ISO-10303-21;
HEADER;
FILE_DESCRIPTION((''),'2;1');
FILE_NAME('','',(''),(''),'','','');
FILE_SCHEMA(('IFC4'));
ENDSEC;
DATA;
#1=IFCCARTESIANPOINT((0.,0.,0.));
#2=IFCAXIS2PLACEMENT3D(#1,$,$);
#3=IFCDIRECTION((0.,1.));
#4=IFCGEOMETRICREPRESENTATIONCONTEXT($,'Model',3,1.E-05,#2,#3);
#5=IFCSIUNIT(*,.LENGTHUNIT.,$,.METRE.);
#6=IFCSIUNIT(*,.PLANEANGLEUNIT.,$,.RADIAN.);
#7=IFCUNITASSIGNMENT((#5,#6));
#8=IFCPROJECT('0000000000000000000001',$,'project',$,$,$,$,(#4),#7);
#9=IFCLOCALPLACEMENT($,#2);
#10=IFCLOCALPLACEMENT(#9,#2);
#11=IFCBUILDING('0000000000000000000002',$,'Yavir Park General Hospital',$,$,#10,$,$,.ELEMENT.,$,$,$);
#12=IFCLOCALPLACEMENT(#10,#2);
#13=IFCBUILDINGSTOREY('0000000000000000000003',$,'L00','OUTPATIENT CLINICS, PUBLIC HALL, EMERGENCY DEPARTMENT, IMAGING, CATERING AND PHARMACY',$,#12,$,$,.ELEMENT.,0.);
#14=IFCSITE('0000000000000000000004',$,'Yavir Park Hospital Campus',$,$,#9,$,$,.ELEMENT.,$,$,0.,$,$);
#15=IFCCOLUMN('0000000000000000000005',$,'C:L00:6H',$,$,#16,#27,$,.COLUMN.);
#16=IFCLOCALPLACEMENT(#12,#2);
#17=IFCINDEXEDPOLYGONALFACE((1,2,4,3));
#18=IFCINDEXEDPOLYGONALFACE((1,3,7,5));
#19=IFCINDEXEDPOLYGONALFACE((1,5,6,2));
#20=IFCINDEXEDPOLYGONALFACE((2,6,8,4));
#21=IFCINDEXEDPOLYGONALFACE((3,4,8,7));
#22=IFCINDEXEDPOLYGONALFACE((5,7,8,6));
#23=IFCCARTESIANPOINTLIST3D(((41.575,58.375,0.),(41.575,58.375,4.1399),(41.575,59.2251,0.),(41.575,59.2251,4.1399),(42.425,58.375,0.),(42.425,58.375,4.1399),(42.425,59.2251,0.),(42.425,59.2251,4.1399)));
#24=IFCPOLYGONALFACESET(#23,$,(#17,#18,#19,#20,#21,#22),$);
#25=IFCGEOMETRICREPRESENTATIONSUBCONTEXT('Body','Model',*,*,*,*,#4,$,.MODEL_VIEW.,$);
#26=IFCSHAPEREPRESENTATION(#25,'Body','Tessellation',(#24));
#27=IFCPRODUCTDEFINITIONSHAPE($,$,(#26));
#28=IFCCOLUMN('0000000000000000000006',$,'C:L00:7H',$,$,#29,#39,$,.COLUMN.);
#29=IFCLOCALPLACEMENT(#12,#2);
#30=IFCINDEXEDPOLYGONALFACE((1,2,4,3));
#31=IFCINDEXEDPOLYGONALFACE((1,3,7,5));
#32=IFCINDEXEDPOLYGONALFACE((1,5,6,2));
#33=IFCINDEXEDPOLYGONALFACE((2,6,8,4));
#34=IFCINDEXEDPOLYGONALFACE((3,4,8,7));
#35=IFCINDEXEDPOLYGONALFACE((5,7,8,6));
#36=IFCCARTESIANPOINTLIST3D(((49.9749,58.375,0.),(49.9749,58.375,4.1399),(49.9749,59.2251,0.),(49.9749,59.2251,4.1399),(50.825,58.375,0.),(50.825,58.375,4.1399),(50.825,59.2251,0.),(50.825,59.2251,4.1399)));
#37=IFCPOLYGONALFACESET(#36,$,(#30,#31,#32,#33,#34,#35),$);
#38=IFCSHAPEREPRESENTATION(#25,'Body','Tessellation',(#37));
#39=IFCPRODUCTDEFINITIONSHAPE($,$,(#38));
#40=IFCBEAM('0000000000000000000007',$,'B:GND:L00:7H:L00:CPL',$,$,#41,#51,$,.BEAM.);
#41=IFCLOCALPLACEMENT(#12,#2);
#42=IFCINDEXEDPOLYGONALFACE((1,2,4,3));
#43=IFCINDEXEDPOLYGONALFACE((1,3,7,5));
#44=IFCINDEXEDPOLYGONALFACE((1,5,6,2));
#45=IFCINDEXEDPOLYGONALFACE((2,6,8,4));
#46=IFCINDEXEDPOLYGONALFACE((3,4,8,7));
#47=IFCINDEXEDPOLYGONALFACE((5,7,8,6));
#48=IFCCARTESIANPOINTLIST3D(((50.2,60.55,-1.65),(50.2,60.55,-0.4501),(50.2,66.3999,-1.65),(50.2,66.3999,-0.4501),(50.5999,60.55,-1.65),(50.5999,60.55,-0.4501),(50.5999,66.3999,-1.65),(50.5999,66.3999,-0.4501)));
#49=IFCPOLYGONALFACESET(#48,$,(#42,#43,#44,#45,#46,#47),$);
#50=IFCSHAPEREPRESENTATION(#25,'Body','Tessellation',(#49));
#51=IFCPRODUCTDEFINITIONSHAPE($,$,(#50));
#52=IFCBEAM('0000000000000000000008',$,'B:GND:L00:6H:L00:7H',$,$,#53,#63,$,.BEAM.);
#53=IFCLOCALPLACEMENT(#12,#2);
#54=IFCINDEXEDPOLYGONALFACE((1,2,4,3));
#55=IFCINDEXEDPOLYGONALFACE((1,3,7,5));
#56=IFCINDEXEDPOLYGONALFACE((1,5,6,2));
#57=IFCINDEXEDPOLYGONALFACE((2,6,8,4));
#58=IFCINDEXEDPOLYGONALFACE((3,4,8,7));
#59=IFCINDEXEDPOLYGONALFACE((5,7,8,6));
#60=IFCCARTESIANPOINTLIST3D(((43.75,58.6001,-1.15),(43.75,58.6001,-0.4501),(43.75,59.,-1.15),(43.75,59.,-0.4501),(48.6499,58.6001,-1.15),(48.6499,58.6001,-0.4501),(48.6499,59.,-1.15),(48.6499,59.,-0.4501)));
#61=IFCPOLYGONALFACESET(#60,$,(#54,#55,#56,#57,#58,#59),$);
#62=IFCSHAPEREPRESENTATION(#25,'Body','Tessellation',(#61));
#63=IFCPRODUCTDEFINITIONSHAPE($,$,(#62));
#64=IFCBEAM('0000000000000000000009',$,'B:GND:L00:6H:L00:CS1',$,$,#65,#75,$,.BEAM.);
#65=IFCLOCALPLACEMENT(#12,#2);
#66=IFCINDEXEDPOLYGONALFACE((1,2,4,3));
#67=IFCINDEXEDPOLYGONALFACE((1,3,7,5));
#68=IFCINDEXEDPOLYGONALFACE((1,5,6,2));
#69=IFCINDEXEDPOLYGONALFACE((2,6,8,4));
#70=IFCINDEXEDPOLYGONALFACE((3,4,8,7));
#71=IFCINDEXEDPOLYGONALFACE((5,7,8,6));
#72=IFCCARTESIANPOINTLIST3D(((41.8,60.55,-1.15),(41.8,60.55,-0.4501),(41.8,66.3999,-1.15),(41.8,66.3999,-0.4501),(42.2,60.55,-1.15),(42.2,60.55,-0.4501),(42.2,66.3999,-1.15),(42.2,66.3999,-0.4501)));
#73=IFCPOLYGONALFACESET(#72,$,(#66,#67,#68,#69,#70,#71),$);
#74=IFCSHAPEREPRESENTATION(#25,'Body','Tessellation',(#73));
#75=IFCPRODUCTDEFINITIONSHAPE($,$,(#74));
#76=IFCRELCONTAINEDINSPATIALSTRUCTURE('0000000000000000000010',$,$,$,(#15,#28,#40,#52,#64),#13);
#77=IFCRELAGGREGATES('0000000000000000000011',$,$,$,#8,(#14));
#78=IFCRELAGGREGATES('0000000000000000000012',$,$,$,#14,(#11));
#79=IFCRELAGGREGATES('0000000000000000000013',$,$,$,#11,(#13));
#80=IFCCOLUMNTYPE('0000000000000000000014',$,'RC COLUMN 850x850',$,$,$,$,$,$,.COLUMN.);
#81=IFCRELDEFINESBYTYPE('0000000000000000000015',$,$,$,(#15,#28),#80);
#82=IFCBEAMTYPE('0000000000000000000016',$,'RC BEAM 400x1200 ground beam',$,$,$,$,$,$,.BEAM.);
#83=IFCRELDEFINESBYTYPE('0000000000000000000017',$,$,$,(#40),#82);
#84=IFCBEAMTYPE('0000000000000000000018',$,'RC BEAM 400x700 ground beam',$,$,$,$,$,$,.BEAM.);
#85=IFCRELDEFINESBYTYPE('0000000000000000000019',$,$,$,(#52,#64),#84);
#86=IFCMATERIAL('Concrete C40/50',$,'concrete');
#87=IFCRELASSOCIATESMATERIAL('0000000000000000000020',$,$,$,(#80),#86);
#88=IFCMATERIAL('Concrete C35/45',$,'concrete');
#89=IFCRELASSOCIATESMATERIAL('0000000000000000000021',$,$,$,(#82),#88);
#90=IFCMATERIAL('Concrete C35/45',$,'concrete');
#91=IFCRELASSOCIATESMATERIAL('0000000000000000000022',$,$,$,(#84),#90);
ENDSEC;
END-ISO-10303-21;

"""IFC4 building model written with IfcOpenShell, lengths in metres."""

from ifc_helpers import new_model, si_unit, direction, frame, origin, origin_2d, place, context, subcontext, project, spatial, rectangle, extrude, material, material_profile, profile_set, type_object, element, save


model = new_model("IFC4")

# Units and contexts
model_context = context("Model", 3, precision=1e-05, world=origin(), true_north=direction((0.0, 1.0)))
body_context = subcontext(model_context, "Body", "Model", "MODEL_VIEW")
ifc_project = project(units=[si_unit("LENGTHUNIT", "METRE"), si_unit("PLANEANGLEUNIT", "RADIAN")], contexts=[model_context])

# Site, building, storey
site_placement = place(None, origin())
site = spatial("IfcSite", under=ifc_project, at=site_placement, Name="Yavir Park Hospital Campus", CompositionType="ELEMENT", RefElevation=0.0)
building_placement = place(site_placement, origin())
building = spatial("IfcBuilding", under=site, at=building_placement, Name="Yavir Park General Hospital", CompositionType="ELEMENT")
storey_placement = place(building_placement, origin())
storey = spatial("IfcBuildingStorey", under=building, at=storey_placement, Name="L00", Description="OUTPATIENT CLINICS, PUBLIC HALL, EMERGENCY DEPARTMENT, IMAGING, CATERING AND PHARMACY", CompositionType="ELEMENT", Elevation=0.0)

# Columns
ifc_material_1 = material(Name="Concrete C40/50", Category="concrete")
ifc_material_profile_1 = material_profile(ifc_material_1, rectangle(XDim=0.8501, YDim=0.8501, at=origin_2d()), Name="RC850x850")
ifc_profile_set_1 = profile_set([ifc_material_profile_1], Name="Concrete C40/50")
column_type = type_object("IfcColumnType", Name="RC COLUMN 850x850", PredefinedType="COLUMN", material=ifc_profile_set_1)
for number, where, z_axis, x_axis, name in (
    (1, (42.0, 58.8, 0.0), (0.0, 0.0, 1.0), (1.0, 0.0, 0.0), "C:L00:6H"),
    (2, (50.3999, 58.8, 0.0), (0.0, 0.0, 1.0), (1.0, 0.0, 0.0), "C:L00:7H"),
):
    element("IfcColumn", number, at=place(storey_placement, frame(where, z_axis=z_axis, x_axis=x_axis)), inside=storey, type_object=column_type, Name=name, PredefinedType="COLUMN", context=body_context, shape_type="SweptSolid", body=[
        extrude(rectangle(XDim=0.8501, YDim=0.8501, at=origin_2d()), origin(), (0.0, 0.0, 1.0), 4.1399),
    ])

# Beams
ifc_material_2 = material(Name="Concrete C35/45", Category="concrete")
ifc_material_profile_2 = material_profile(ifc_material_2, rectangle(XDim=0.3999, YDim=1.2, at=origin_2d()), Name="RC400x1200")
ifc_profile_set_2 = profile_set([ifc_material_profile_2], Name="Concrete C35/45")
beam_type_1 = type_object("IfcBeamType", Name="RC BEAM 400x1200 ground beam", PredefinedType="BEAM", material=ifc_profile_set_2)
beam_1_placement = place(storey_placement, frame((50.3999, 60.55, -1.05), z_axis=(0.0, 1.0, 0.0), x_axis=(-1.0, 0.0, 0.0)))
element("IfcBeam", 3, at=beam_1_placement, inside=storey, type_object=beam_type_1, Name="B:GND:L00:7H:L00:CPL", PredefinedType="BEAM", context=body_context, shape_type="SweptSolid", body=[
    extrude(rectangle(XDim=0.3999, YDim=1.2, at=origin_2d()), origin(), (0.0, 0.0, 1.0), 5.8499),
])
ifc_material_3 = material(Name="Concrete C35/45", Category="concrete")
ifc_material_profile_3 = material_profile(ifc_material_3, rectangle(XDim=0.3999, YDim=0.7, at=origin_2d()), Name="RC400x700")
ifc_profile_set_3 = profile_set([ifc_material_profile_3], Name="Concrete C35/45")
beam_type_2 = type_object("IfcBeamType", Name="RC BEAM 400x700 ground beam", PredefinedType="BEAM", material=ifc_profile_set_3)
beam_2_placement = place(storey_placement, frame((43.75, 58.8, -0.8), z_axis=(1.0, 0.0, 0.0), x_axis=(0.0, 1.0, 0.0)))
element("IfcBeam", 4, at=beam_2_placement, inside=storey, type_object=beam_type_2, Name="B:GND:L00:6H:L00:7H", PredefinedType="BEAM", context=body_context, shape_type="SweptSolid", body=[
    extrude(rectangle(XDim=0.3999, YDim=0.7, at=origin_2d()), origin(), (0.0, 0.0, 1.0), 4.8999),
])
beam_3_placement = place(storey_placement, frame((42.0, 60.55, -0.8), z_axis=(0.0, 1.0, 0.0), x_axis=(-1.0, 0.0, 0.0)))
element("IfcBeam", 5, at=beam_3_placement, inside=storey, type_object=beam_type_2, Name="B:GND:L00:6H:L00:CS1", PredefinedType="BEAM", context=body_context, shape_type="SweptSolid", body=[
    extrude(rectangle(XDim=0.3999, YDim=0.7, at=origin_2d()), origin(), (0.0, 0.0, 1.0), 5.8499),
])

save(model, "model.ifc")
